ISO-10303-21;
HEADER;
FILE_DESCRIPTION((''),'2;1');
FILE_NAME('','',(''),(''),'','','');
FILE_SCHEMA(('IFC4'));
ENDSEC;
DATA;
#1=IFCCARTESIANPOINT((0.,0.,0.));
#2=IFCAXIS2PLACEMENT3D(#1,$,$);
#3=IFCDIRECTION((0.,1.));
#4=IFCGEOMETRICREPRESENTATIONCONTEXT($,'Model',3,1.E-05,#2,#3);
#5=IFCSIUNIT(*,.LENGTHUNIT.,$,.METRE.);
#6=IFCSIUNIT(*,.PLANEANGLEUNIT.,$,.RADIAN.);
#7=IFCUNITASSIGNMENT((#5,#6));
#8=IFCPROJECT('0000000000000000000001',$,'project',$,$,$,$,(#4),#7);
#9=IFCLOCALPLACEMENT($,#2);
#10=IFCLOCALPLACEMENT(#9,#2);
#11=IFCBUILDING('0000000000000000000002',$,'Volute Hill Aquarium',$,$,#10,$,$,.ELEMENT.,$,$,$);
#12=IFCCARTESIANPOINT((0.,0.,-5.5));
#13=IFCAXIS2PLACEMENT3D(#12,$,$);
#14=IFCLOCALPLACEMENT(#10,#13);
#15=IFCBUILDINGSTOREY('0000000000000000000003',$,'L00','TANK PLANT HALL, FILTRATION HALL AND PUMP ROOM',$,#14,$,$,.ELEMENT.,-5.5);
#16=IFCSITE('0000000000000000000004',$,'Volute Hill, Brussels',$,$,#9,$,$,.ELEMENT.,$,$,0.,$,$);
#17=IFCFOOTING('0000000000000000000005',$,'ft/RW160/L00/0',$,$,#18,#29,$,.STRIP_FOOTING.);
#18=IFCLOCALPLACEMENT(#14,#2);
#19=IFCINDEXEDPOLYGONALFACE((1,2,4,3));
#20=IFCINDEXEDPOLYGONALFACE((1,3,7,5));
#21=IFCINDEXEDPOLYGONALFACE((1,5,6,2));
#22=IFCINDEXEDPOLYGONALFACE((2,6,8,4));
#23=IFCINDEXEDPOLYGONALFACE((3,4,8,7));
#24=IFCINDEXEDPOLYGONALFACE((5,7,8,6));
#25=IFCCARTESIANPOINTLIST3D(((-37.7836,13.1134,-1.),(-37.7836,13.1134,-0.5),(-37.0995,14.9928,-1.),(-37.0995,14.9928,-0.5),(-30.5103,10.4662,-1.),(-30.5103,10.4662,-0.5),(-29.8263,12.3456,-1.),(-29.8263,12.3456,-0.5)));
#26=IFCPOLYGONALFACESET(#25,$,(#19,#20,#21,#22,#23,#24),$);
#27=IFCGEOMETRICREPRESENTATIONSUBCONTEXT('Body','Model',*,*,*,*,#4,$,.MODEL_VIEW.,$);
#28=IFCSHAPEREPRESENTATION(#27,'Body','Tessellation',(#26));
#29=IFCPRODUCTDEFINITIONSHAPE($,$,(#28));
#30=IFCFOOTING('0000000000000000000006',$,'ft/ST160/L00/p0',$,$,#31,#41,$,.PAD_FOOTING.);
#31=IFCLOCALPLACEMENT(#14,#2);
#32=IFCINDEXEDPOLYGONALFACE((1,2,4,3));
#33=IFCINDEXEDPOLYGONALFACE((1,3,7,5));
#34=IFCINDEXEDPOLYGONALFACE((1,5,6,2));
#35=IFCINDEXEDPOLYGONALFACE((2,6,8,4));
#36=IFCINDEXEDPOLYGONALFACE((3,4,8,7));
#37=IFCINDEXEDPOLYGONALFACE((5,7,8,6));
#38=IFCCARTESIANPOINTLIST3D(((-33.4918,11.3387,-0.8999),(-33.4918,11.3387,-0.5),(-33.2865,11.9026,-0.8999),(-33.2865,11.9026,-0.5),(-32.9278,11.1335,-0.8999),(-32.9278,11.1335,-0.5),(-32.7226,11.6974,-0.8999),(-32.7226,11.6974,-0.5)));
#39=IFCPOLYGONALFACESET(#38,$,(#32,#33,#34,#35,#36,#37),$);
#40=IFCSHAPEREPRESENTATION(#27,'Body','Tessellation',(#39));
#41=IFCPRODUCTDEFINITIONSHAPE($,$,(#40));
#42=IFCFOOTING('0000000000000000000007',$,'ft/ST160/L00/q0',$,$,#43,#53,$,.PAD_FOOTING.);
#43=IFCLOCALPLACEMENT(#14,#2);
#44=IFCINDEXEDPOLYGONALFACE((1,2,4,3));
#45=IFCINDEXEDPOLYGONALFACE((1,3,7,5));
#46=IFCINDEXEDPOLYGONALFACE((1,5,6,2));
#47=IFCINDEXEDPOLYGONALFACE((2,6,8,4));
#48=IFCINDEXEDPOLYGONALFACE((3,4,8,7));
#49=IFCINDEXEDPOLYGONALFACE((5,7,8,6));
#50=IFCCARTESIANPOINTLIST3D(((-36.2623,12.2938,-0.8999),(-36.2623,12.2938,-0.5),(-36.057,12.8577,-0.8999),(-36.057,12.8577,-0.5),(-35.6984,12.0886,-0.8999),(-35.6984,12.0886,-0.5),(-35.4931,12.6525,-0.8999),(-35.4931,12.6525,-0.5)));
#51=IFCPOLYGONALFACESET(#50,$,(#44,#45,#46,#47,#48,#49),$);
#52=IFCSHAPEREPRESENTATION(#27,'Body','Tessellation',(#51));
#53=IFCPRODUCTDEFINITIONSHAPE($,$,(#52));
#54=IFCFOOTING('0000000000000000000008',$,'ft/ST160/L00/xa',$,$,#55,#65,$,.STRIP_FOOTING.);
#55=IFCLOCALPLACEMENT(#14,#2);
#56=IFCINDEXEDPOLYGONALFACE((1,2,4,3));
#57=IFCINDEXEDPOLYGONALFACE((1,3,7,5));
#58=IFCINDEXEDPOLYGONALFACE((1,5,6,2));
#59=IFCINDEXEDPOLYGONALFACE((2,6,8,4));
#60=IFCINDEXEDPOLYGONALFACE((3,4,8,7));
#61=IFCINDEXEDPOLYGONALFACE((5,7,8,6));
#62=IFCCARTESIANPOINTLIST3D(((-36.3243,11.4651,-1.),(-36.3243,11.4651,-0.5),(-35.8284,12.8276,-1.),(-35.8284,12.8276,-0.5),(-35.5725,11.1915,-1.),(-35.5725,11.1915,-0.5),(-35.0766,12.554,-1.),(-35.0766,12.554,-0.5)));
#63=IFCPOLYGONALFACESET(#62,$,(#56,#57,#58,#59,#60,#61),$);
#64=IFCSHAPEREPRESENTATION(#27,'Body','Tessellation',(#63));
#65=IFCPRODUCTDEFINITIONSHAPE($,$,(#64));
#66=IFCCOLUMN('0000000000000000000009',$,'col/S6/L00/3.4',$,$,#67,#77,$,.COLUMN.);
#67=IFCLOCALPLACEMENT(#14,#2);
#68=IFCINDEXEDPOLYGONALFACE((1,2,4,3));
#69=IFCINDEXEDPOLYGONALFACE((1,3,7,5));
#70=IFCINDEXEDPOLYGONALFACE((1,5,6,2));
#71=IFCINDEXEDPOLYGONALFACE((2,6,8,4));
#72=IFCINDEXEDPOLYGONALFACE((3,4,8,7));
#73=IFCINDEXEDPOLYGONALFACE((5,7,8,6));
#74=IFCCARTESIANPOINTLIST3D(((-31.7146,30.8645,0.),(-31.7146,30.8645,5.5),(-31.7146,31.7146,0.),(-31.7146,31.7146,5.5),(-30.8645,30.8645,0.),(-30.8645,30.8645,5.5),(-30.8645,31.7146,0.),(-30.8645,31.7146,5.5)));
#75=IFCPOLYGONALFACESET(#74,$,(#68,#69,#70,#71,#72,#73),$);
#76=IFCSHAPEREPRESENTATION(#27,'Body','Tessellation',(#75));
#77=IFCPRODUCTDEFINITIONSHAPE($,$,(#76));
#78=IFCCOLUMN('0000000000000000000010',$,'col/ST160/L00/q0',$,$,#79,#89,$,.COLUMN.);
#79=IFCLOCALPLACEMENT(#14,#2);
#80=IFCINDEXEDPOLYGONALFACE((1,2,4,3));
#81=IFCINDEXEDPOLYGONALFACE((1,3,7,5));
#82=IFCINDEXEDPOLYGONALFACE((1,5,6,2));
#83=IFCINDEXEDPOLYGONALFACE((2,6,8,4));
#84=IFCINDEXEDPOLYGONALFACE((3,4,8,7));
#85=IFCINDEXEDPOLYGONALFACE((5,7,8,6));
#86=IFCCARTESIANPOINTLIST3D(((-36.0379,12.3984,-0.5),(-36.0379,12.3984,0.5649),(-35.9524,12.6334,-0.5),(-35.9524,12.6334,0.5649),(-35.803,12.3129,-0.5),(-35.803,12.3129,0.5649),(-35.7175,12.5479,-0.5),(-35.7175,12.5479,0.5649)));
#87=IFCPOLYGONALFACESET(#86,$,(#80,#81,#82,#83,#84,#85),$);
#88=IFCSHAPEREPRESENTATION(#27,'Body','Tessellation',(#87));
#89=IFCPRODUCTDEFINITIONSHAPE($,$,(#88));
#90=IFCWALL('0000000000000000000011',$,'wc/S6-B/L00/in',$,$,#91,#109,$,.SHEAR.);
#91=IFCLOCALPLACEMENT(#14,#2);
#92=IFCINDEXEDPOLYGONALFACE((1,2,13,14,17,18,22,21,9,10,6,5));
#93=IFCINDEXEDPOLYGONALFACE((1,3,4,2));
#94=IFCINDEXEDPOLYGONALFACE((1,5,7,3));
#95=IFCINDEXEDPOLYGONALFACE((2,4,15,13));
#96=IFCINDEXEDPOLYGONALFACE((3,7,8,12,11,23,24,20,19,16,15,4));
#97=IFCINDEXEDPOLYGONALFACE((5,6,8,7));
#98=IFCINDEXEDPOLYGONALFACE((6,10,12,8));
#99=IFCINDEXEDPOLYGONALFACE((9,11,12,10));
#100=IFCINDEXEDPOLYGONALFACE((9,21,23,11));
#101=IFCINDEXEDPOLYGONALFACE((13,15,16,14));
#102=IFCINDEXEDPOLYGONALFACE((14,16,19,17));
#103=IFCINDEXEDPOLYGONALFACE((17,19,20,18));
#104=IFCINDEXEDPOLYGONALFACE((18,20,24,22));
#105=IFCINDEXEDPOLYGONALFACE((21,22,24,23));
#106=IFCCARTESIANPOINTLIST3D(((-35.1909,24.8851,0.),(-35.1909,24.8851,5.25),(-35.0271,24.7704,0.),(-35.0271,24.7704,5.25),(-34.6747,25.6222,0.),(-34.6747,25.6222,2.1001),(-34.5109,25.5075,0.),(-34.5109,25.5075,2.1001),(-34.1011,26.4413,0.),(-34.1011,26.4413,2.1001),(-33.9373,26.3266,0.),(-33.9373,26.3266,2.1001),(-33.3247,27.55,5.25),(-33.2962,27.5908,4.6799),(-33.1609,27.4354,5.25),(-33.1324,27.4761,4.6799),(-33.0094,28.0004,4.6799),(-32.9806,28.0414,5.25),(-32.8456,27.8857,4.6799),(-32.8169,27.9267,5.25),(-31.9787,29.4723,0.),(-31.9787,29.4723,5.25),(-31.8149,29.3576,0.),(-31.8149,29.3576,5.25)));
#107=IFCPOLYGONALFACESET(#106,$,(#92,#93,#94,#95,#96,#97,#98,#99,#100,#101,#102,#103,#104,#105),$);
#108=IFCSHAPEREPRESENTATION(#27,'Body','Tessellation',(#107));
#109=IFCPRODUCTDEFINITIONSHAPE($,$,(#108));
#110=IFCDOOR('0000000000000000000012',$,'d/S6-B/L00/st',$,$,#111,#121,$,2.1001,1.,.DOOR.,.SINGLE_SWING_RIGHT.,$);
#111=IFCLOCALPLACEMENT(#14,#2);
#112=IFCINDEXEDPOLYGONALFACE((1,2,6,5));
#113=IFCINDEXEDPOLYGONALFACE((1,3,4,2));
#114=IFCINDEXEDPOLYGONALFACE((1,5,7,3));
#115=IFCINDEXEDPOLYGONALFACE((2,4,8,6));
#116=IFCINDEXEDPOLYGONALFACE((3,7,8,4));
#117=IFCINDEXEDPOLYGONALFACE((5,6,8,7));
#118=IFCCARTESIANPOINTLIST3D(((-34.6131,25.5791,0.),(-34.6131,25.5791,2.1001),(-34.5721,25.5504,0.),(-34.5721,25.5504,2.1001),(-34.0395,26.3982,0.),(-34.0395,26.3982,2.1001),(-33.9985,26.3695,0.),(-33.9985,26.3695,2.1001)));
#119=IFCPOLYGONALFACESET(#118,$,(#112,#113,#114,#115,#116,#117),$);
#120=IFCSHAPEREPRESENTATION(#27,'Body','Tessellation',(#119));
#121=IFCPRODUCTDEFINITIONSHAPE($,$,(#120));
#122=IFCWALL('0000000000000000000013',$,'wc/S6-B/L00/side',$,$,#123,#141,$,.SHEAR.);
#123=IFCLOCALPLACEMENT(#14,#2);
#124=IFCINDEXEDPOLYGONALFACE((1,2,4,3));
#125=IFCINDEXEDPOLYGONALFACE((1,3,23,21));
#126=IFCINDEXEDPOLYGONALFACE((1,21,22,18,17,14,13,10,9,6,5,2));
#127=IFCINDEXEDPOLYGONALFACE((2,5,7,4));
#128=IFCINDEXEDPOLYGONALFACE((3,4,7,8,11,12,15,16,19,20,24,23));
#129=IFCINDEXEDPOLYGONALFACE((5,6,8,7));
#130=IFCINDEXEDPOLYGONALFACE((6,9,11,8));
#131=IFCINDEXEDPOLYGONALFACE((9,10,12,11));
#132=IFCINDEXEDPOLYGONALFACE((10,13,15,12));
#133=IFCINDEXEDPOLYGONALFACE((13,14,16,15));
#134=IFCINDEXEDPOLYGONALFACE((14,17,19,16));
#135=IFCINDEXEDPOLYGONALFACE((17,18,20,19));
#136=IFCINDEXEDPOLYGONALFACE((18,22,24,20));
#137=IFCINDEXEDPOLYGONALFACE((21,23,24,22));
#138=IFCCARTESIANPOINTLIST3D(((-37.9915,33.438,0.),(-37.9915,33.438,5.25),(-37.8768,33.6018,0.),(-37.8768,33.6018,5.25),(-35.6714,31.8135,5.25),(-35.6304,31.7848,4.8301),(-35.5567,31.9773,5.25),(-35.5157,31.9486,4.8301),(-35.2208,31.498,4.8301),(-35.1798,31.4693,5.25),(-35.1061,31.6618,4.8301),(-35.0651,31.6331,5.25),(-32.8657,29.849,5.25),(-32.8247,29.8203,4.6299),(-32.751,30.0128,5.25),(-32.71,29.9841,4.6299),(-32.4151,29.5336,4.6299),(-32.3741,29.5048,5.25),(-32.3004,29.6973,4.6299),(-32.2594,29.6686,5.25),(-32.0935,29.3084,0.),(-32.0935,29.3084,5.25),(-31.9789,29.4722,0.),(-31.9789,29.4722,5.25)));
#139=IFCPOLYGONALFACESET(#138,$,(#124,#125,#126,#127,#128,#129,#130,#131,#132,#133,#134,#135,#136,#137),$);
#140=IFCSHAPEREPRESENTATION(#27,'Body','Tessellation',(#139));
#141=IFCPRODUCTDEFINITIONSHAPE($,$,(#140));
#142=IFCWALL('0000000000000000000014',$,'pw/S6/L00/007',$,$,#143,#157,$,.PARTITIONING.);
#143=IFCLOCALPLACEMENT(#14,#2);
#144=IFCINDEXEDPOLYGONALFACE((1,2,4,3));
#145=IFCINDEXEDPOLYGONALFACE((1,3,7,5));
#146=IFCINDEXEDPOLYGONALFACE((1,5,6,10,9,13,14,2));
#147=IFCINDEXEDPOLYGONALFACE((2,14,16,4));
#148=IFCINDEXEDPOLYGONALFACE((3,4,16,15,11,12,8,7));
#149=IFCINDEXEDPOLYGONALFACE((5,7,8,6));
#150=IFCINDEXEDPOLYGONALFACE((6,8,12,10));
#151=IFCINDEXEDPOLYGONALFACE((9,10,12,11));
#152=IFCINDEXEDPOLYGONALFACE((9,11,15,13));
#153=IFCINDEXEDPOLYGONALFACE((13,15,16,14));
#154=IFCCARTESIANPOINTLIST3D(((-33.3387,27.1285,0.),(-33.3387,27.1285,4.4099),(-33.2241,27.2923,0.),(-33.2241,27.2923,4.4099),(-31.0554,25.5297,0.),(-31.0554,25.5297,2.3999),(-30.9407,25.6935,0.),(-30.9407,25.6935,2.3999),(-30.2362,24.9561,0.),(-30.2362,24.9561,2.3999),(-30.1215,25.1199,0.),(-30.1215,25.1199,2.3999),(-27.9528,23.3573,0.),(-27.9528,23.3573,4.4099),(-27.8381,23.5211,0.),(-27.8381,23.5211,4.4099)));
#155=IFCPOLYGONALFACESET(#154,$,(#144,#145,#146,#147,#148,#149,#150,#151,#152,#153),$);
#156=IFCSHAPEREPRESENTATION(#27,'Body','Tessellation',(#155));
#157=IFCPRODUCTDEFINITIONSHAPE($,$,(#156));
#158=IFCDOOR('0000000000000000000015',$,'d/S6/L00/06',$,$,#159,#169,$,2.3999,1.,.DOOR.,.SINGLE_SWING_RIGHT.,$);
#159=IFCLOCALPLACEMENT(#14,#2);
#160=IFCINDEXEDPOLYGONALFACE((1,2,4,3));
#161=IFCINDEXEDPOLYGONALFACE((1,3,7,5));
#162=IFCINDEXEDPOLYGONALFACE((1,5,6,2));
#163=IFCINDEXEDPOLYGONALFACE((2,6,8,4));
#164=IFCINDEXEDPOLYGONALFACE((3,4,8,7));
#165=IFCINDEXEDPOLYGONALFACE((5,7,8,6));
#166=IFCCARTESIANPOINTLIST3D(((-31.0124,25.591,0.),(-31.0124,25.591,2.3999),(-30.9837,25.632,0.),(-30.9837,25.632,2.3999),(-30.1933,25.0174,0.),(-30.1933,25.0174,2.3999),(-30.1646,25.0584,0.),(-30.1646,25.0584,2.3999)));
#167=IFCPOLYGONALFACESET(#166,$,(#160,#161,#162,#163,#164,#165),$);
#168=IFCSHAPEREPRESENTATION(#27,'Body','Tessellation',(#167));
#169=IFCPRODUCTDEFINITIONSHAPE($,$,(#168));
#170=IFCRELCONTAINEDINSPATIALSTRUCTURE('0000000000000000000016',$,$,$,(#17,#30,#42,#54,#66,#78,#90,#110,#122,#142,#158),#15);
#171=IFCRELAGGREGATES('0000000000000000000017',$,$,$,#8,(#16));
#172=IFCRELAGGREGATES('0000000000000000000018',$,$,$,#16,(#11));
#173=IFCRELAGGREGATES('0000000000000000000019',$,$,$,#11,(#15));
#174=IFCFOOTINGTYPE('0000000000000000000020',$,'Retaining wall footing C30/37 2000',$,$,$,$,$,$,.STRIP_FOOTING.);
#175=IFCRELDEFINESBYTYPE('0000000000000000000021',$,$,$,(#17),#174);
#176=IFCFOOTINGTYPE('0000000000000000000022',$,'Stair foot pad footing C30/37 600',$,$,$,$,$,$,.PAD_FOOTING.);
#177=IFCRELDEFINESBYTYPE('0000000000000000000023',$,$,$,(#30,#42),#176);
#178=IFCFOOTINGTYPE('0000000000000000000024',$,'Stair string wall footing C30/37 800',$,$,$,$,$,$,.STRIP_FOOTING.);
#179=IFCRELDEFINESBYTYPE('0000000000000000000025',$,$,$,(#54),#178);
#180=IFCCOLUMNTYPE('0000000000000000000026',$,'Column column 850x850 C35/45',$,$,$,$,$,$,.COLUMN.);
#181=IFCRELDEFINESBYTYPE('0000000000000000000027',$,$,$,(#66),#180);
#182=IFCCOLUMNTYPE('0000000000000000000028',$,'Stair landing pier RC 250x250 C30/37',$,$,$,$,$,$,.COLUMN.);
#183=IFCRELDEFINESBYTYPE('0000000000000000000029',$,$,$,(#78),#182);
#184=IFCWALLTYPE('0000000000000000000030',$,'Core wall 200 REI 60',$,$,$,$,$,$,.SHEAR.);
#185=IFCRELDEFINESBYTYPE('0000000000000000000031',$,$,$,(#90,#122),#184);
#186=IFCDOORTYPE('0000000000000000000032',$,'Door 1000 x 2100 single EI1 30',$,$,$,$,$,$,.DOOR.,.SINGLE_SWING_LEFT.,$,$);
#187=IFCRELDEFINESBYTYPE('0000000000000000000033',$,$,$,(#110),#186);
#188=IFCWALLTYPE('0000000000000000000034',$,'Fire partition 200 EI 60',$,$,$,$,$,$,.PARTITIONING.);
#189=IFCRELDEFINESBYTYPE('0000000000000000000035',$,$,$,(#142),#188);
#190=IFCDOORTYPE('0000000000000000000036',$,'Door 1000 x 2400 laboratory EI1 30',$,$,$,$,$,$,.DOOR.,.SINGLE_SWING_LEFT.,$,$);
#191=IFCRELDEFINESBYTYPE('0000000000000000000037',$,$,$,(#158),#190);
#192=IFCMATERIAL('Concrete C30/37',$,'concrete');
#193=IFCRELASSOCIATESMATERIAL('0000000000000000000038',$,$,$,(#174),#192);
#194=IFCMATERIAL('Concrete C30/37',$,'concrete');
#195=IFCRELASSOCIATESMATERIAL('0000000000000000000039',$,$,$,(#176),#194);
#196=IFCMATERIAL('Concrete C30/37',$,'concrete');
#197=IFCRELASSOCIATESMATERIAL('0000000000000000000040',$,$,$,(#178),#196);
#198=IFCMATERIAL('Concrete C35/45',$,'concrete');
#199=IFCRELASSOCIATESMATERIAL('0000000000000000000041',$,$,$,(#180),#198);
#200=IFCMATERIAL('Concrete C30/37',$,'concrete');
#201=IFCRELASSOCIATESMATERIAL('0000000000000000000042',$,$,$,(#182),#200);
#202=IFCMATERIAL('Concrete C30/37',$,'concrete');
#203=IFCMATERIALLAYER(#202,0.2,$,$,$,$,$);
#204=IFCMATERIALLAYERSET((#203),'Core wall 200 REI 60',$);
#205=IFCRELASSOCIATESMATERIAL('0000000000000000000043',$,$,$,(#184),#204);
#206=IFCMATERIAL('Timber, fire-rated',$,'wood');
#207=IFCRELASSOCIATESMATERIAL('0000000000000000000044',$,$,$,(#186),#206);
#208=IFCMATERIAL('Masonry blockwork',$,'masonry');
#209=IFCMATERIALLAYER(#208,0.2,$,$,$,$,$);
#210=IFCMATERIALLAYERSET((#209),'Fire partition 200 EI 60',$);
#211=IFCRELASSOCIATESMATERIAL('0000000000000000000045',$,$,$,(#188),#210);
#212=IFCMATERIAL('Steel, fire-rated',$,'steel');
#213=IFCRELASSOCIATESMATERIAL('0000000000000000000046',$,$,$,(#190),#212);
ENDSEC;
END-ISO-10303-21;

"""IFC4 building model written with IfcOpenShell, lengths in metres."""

from ifc_helpers import new_model, si_unit, direction, frame, frame_2d, origin, origin_2d, place, context, subcontext, project, spatial, polyline, rectangle, outline, extrude, material, layer, layer_set, material_profile, profile_set, type_object, element, fill, save


model = new_model("IFC4")

# Units and contexts
model_context = context("Model", 3, precision=1e-05, world=origin(), true_north=direction((0.0, 1.0)))
body_context = subcontext(model_context, "Body", "Model", "MODEL_VIEW")
ifc_project = project(units=[si_unit("LENGTHUNIT", "METRE"), si_unit("PLANEANGLEUNIT", "RADIAN")], contexts=[model_context])

# Site, building, storey
site_placement = place(None, origin())
site = spatial("IfcSite", under=ifc_project, at=site_placement, Name="Volute Hill, Brussels", CompositionType="ELEMENT", RefElevation=0.0)
building_placement = place(site_placement, origin())
building = spatial("IfcBuilding", under=site, at=building_placement, Name="Volute Hill Aquarium", CompositionType="ELEMENT")
storey_placement = place(building_placement, frame((0.0, 0.0, -5.5)))
storey = spatial("IfcBuildingStorey", under=building, at=storey_placement, Name="L00", Description="TANK PLANT HALL, FILTRATION HALL AND PUMP ROOM", CompositionType="ELEMENT", Elevation=-5.5)

# Footings
ifc_material_1 = material(Name="Concrete C30/37", Category="concrete")
footing_type_1 = type_object("IfcFootingType", Name="Retaining wall footing C30/37 2000", PredefinedType="STRIP_FOOTING", material=ifc_material_1)
footing_1_placement = place(storey_placement, frame((-33.8049, 12.7295, -1.0), z_axis=(0.0, 0.0, 1.0), x_axis=(-0.939693, 0.34202, 0.0)))
element("IfcFooting", 1, at=footing_1_placement, inside=storey, type_object=footing_type_1, Name="ft/RW160/L00/0", PredefinedType="STRIP_FOOTING", context=body_context, shape_type="SweptSolid", body=[
    extrude(rectangle(XDim=7.74, YDim=2.0, at=origin_2d()), origin(), (0.0, 0.0, 1.0), 0.5),
])
ifc_material_2 = material(Name="Concrete C30/37", Category="concrete")
footing_type_2 = type_object("IfcFootingType", Name="Stair foot pad footing C30/37 600", PredefinedType="PAD_FOOTING", material=ifc_material_2)
for number, where, z_axis, x_axis, name in (
    (2, (-33.1072, 11.5181, -0.8999), (0.0, 0.0, 1.0), (-0.939693, 0.34202, 0.0), "ft/ST160/L00/p0"),
    (3, (-35.8777, 12.4731, -0.8999), (0.0, 0.0, 1.0), (-0.939693, 0.34202, 0.0), "ft/ST160/L00/q0"),
):
    element("IfcFooting", number, at=place(storey_placement, frame(where, z_axis=z_axis, x_axis=x_axis)), inside=storey, type_object=footing_type_2, Name=name, PredefinedType="PAD_FOOTING", context=body_context, shape_type="SweptSolid", body=[
        extrude(rectangle(XDim=0.6001, YDim=0.6001, at=origin_2d()), origin(), (0.0, 0.0, 1.0), 0.3999),
    ])
ifc_material_3 = material(Name="Concrete C30/37", Category="concrete")
footing_type_3 = type_object("IfcFootingType", Name="Stair string wall footing C30/37 800", PredefinedType="STRIP_FOOTING", material=ifc_material_3)
footing_2_placement = place(storey_placement, frame((-35.7004, 12.0095, -1.0), z_axis=(0.0, 0.0, 1.0), x_axis=(-0.34202, -0.939693, 0.0)))
element("IfcFooting", 4, at=footing_2_placement, inside=storey, type_object=footing_type_3, Name="ft/ST160/L00/xa", PredefinedType="STRIP_FOOTING", context=body_context, shape_type="SweptSolid", body=[
    extrude(rectangle(XDim=1.45, YDim=0.8, at=origin_2d()), origin(), (0.0, 0.0, 1.0), 0.5),
])

# Columns
ifc_material_4 = material(Name="Concrete C35/45", Category="concrete")
ifc_material_profile_1 = material_profile(ifc_material_4, rectangle(XDim=0.8501, YDim=0.8501, at=origin_2d()), Name="RC column 850x850")
ifc_profile_set_1 = profile_set([ifc_material_profile_1], Name="Concrete C35/45")
column_type_1 = type_object("IfcColumnType", Name="Column column 850x850 C35/45", PredefinedType="COLUMN", material=ifc_profile_set_1)
column_1_placement = place(storey_placement, frame((-31.2896, 31.2896, 0.0), z_axis=(0.0, 0.0, 1.0), x_axis=(1.0, 0.0, 0.0)))
element("IfcColumn", 5, at=column_1_placement, inside=storey, type_object=column_type_1, Name="col/S6/L00/3.4", PredefinedType="COLUMN", context=body_context, shape_type="SweptSolid", body=[
    extrude(rectangle(XDim=0.8501, YDim=0.8501, at=origin_2d()), origin(), (0.0, 0.0, 1.0), 5.5),
])
ifc_material_5 = material(Name="Concrete C30/37", Category="concrete")
ifc_material_profile_2 = material_profile(ifc_material_5, rectangle(XDim=0.25, YDim=0.25, at=origin_2d()), Name="RC pier 250x250")
ifc_profile_set_2 = profile_set([ifc_material_profile_2], Name="Concrete C30/37")
column_type_2 = type_object("IfcColumnType", Name="Stair landing pier RC 250x250 C30/37", PredefinedType="COLUMN", material=ifc_profile_set_2)
column_2_placement = place(storey_placement, frame((-35.8777, 12.4731, -0.5), z_axis=(0.0, 0.0, 1.0), x_axis=(-0.939693, 0.34202, 0.0)))
element("IfcColumn", 6, at=column_2_placement, inside=storey, type_object=column_type_2, Name="col/ST160/L00/q0", PredefinedType="COLUMN", context=body_context, shape_type="SweptSolid", body=[
    extrude(rectangle(XDim=0.25, YDim=0.25, at=origin_2d()), origin(), (0.0, 0.0, 1.0), 1.0649),
])

# Wall, opening, door
ifc_material_6 = material(Name="Concrete C30/37", Category="concrete")
ifc_layer_1 = layer(ifc_material_6, 0.2)
ifc_layer_set_1 = layer_set([ifc_layer_1], Name="Core wall 200 REI 60")
wall_type_1 = type_object("IfcWallType", Name="Core wall 200 REI 60", PredefinedType="SHEAR", material=ifc_layer_set_1)
wall_1_placement = place(storey_placement, frame((-35.1089, 24.8276, 0.0), z_axis=(0.0, 0.0, 1.0), x_axis=(0.5736, 0.819136, 0.0)))
wall_1 = element("IfcWall", 7, at=wall_1_placement, inside=storey, type_object=wall_type_1, Name="wc/S6-B/L00/in", PredefinedType="SHEAR", context=body_context, shape_type="SweptSolid", body=[
    extrude(outline(polyline([(0.0, 0.0), (5.6001, 0.0), (5.6001, 5.25), (3.8533, 5.25), (3.8032, 4.6799), (3.3032, 4.6799), (3.2534, 5.25), (0.0, 5.25), (0.0, 0.0)])), frame((0.0, 0.1001, 0.0), z_axis=(0.0, -1.0, 0.0), x_axis=(1.0, 0.0, 0.0)), (0.0, 0.0, 1.0), 0.2),
])
opening_1_placement = place(wall_1_placement, frame((0.8999, 0.0, 0.0)))
opening_1 = element("IfcOpeningElement", 8, at=opening_1_placement, cuts=wall_1, PredefinedType="OPENING", context=body_context, shape_type="SweptSolid", body=[
    extrude(rectangle(XDim=1.0, YDim=2.1001, at=frame_2d((0.5, 1.05))), frame((0.0, 0.1099, 0.0), z_axis=(0.0, -1.0, 0.0), x_axis=(1.0, 0.0, 0.0)), (0.0, 0.0, 1.0), 0.22),
])
ifc_material_7 = material(Name="Timber, fire-rated", Category="wood")
door_type_1 = type_object("IfcDoorType", Name="Door 1000 x 2100 single EI1 30", OperationType="SINGLE_SWING_LEFT", PredefinedType="DOOR", material=ifc_material_7)
door_1_placement = place(opening_1_placement, origin())
door_1 = element("IfcDoor", 9, at=door_1_placement, inside=storey, type_object=door_type_1, Name="d/S6-B/L00/st", OperationType="SINGLE_SWING_RIGHT", OverallHeight=2.1001, OverallWidth=1.0, PredefinedType="DOOR", context=body_context, shape_type="SweptSolid", body=[
    extrude(rectangle(XDim=1.0, YDim=2.1001, at=frame_2d((0.5, 1.05))), frame((0.0, 0.0249, 0.0), z_axis=(0.0, -1.0, 0.0), x_axis=(1.0, 0.0, 0.0)), (0.0, 0.0, 1.0), 0.05),
])
fill(opening_1, door_1)

# Wall
wall_2_placement = place(storey_placement, frame((-32.0361, 29.3904, 0.0), z_axis=(0.0, 0.0, 1.0), x_axis=(-0.819162, 0.573562, 0.0)))
element("IfcWall", 10, at=wall_2_placement, inside=storey, type_object=wall_type_1, Name="wc/S6-B/L00/side", PredefinedType="SHEAR", context=body_context, shape_type="SweptSolid", body=[
    extrude(outline(polyline([(0.0, 0.0), (7.2, 0.0), (7.2, 5.25), (4.3677, 5.25), (4.3176, 4.8301), (3.8176, 4.8301), (3.7676, 5.25), (0.9426, 5.25), (0.8926, 4.6299), (0.3926, 4.6299), (0.3425, 5.25), (0.0, 5.25), (0.0, 0.0)])), frame((0.0, 0.1001, 0.0), z_axis=(0.0, -1.0, 0.0), x_axis=(1.0, 0.0, 0.0)), (0.0, 0.0, 1.0), 0.2),
])

# Wall, opening, door
ifc_material_8 = material(Name="Masonry blockwork", Category="masonry")
ifc_layer_2 = layer(ifc_material_8, 0.2)
ifc_layer_set_2 = layer_set([ifc_layer_2], Name="Fire partition 200 EI 60")
wall_type_2 = type_object("IfcWallType", Name="Fire partition 200 EI 60", PredefinedType="PARTITIONING", material=ifc_layer_set_2)
wall_3_placement = place(storey_placement, frame((-33.2815, 27.2104, 0.0), z_axis=(0.0, 0.0, 1.0), x_axis=(0.819157, -0.573569, 0.0)))
wall_3 = element("IfcWall", 11, at=wall_3_placement, inside=storey, type_object=wall_type_2, Name="pw/S6/L00/007", PredefinedType="PARTITIONING", context=body_context, shape_type="SweptSolid", body=[
    extrude(rectangle(XDim=6.575, YDim=0.2, at=frame_2d((3.2876, 0.0))), origin(), (0.0, 0.0, 1.0), 4.4099),
])
opening_2_placement = place(wall_3_placement, frame((2.7876, 0.0, 0.0)))
opening_2 = element("IfcOpeningElement", 12, at=opening_2_placement, cuts=wall_3, PredefinedType="OPENING", context=body_context, shape_type="SweptSolid", body=[
    extrude(rectangle(XDim=1.0, YDim=2.3999, at=frame_2d((0.5, 1.2))), frame((0.0, 0.1099, 0.0), z_axis=(0.0, -1.0, 0.0), x_axis=(1.0, 0.0, 0.0)), (0.0, 0.0, 1.0), 0.22),
])
ifc_material_9 = material(Name="Steel, fire-rated", Category="steel")
door_type_2 = type_object("IfcDoorType", Name="Door 1000 x 2400 laboratory EI1 30", OperationType="SINGLE_SWING_LEFT", PredefinedType="DOOR", material=ifc_material_9)
door_2_placement = place(opening_2_placement, origin())
door_2 = element("IfcDoor", 13, at=door_2_placement, inside=storey, type_object=door_type_2, Name="d/S6/L00/06", OperationType="SINGLE_SWING_RIGHT", OverallHeight=2.3999, OverallWidth=1.0, PredefinedType="DOOR", context=body_context, shape_type="SweptSolid", body=[
    extrude(rectangle(XDim=1.0, YDim=2.3999, at=frame_2d((0.5, 1.2))), frame((0.0, 0.0249, 0.0), z_axis=(0.0, -1.0, 0.0), x_axis=(1.0, 0.0, 0.0)), (0.0, 0.0, 1.0), 0.05),
])
fill(opening_2, door_2)

save(model, "model.ifc")
